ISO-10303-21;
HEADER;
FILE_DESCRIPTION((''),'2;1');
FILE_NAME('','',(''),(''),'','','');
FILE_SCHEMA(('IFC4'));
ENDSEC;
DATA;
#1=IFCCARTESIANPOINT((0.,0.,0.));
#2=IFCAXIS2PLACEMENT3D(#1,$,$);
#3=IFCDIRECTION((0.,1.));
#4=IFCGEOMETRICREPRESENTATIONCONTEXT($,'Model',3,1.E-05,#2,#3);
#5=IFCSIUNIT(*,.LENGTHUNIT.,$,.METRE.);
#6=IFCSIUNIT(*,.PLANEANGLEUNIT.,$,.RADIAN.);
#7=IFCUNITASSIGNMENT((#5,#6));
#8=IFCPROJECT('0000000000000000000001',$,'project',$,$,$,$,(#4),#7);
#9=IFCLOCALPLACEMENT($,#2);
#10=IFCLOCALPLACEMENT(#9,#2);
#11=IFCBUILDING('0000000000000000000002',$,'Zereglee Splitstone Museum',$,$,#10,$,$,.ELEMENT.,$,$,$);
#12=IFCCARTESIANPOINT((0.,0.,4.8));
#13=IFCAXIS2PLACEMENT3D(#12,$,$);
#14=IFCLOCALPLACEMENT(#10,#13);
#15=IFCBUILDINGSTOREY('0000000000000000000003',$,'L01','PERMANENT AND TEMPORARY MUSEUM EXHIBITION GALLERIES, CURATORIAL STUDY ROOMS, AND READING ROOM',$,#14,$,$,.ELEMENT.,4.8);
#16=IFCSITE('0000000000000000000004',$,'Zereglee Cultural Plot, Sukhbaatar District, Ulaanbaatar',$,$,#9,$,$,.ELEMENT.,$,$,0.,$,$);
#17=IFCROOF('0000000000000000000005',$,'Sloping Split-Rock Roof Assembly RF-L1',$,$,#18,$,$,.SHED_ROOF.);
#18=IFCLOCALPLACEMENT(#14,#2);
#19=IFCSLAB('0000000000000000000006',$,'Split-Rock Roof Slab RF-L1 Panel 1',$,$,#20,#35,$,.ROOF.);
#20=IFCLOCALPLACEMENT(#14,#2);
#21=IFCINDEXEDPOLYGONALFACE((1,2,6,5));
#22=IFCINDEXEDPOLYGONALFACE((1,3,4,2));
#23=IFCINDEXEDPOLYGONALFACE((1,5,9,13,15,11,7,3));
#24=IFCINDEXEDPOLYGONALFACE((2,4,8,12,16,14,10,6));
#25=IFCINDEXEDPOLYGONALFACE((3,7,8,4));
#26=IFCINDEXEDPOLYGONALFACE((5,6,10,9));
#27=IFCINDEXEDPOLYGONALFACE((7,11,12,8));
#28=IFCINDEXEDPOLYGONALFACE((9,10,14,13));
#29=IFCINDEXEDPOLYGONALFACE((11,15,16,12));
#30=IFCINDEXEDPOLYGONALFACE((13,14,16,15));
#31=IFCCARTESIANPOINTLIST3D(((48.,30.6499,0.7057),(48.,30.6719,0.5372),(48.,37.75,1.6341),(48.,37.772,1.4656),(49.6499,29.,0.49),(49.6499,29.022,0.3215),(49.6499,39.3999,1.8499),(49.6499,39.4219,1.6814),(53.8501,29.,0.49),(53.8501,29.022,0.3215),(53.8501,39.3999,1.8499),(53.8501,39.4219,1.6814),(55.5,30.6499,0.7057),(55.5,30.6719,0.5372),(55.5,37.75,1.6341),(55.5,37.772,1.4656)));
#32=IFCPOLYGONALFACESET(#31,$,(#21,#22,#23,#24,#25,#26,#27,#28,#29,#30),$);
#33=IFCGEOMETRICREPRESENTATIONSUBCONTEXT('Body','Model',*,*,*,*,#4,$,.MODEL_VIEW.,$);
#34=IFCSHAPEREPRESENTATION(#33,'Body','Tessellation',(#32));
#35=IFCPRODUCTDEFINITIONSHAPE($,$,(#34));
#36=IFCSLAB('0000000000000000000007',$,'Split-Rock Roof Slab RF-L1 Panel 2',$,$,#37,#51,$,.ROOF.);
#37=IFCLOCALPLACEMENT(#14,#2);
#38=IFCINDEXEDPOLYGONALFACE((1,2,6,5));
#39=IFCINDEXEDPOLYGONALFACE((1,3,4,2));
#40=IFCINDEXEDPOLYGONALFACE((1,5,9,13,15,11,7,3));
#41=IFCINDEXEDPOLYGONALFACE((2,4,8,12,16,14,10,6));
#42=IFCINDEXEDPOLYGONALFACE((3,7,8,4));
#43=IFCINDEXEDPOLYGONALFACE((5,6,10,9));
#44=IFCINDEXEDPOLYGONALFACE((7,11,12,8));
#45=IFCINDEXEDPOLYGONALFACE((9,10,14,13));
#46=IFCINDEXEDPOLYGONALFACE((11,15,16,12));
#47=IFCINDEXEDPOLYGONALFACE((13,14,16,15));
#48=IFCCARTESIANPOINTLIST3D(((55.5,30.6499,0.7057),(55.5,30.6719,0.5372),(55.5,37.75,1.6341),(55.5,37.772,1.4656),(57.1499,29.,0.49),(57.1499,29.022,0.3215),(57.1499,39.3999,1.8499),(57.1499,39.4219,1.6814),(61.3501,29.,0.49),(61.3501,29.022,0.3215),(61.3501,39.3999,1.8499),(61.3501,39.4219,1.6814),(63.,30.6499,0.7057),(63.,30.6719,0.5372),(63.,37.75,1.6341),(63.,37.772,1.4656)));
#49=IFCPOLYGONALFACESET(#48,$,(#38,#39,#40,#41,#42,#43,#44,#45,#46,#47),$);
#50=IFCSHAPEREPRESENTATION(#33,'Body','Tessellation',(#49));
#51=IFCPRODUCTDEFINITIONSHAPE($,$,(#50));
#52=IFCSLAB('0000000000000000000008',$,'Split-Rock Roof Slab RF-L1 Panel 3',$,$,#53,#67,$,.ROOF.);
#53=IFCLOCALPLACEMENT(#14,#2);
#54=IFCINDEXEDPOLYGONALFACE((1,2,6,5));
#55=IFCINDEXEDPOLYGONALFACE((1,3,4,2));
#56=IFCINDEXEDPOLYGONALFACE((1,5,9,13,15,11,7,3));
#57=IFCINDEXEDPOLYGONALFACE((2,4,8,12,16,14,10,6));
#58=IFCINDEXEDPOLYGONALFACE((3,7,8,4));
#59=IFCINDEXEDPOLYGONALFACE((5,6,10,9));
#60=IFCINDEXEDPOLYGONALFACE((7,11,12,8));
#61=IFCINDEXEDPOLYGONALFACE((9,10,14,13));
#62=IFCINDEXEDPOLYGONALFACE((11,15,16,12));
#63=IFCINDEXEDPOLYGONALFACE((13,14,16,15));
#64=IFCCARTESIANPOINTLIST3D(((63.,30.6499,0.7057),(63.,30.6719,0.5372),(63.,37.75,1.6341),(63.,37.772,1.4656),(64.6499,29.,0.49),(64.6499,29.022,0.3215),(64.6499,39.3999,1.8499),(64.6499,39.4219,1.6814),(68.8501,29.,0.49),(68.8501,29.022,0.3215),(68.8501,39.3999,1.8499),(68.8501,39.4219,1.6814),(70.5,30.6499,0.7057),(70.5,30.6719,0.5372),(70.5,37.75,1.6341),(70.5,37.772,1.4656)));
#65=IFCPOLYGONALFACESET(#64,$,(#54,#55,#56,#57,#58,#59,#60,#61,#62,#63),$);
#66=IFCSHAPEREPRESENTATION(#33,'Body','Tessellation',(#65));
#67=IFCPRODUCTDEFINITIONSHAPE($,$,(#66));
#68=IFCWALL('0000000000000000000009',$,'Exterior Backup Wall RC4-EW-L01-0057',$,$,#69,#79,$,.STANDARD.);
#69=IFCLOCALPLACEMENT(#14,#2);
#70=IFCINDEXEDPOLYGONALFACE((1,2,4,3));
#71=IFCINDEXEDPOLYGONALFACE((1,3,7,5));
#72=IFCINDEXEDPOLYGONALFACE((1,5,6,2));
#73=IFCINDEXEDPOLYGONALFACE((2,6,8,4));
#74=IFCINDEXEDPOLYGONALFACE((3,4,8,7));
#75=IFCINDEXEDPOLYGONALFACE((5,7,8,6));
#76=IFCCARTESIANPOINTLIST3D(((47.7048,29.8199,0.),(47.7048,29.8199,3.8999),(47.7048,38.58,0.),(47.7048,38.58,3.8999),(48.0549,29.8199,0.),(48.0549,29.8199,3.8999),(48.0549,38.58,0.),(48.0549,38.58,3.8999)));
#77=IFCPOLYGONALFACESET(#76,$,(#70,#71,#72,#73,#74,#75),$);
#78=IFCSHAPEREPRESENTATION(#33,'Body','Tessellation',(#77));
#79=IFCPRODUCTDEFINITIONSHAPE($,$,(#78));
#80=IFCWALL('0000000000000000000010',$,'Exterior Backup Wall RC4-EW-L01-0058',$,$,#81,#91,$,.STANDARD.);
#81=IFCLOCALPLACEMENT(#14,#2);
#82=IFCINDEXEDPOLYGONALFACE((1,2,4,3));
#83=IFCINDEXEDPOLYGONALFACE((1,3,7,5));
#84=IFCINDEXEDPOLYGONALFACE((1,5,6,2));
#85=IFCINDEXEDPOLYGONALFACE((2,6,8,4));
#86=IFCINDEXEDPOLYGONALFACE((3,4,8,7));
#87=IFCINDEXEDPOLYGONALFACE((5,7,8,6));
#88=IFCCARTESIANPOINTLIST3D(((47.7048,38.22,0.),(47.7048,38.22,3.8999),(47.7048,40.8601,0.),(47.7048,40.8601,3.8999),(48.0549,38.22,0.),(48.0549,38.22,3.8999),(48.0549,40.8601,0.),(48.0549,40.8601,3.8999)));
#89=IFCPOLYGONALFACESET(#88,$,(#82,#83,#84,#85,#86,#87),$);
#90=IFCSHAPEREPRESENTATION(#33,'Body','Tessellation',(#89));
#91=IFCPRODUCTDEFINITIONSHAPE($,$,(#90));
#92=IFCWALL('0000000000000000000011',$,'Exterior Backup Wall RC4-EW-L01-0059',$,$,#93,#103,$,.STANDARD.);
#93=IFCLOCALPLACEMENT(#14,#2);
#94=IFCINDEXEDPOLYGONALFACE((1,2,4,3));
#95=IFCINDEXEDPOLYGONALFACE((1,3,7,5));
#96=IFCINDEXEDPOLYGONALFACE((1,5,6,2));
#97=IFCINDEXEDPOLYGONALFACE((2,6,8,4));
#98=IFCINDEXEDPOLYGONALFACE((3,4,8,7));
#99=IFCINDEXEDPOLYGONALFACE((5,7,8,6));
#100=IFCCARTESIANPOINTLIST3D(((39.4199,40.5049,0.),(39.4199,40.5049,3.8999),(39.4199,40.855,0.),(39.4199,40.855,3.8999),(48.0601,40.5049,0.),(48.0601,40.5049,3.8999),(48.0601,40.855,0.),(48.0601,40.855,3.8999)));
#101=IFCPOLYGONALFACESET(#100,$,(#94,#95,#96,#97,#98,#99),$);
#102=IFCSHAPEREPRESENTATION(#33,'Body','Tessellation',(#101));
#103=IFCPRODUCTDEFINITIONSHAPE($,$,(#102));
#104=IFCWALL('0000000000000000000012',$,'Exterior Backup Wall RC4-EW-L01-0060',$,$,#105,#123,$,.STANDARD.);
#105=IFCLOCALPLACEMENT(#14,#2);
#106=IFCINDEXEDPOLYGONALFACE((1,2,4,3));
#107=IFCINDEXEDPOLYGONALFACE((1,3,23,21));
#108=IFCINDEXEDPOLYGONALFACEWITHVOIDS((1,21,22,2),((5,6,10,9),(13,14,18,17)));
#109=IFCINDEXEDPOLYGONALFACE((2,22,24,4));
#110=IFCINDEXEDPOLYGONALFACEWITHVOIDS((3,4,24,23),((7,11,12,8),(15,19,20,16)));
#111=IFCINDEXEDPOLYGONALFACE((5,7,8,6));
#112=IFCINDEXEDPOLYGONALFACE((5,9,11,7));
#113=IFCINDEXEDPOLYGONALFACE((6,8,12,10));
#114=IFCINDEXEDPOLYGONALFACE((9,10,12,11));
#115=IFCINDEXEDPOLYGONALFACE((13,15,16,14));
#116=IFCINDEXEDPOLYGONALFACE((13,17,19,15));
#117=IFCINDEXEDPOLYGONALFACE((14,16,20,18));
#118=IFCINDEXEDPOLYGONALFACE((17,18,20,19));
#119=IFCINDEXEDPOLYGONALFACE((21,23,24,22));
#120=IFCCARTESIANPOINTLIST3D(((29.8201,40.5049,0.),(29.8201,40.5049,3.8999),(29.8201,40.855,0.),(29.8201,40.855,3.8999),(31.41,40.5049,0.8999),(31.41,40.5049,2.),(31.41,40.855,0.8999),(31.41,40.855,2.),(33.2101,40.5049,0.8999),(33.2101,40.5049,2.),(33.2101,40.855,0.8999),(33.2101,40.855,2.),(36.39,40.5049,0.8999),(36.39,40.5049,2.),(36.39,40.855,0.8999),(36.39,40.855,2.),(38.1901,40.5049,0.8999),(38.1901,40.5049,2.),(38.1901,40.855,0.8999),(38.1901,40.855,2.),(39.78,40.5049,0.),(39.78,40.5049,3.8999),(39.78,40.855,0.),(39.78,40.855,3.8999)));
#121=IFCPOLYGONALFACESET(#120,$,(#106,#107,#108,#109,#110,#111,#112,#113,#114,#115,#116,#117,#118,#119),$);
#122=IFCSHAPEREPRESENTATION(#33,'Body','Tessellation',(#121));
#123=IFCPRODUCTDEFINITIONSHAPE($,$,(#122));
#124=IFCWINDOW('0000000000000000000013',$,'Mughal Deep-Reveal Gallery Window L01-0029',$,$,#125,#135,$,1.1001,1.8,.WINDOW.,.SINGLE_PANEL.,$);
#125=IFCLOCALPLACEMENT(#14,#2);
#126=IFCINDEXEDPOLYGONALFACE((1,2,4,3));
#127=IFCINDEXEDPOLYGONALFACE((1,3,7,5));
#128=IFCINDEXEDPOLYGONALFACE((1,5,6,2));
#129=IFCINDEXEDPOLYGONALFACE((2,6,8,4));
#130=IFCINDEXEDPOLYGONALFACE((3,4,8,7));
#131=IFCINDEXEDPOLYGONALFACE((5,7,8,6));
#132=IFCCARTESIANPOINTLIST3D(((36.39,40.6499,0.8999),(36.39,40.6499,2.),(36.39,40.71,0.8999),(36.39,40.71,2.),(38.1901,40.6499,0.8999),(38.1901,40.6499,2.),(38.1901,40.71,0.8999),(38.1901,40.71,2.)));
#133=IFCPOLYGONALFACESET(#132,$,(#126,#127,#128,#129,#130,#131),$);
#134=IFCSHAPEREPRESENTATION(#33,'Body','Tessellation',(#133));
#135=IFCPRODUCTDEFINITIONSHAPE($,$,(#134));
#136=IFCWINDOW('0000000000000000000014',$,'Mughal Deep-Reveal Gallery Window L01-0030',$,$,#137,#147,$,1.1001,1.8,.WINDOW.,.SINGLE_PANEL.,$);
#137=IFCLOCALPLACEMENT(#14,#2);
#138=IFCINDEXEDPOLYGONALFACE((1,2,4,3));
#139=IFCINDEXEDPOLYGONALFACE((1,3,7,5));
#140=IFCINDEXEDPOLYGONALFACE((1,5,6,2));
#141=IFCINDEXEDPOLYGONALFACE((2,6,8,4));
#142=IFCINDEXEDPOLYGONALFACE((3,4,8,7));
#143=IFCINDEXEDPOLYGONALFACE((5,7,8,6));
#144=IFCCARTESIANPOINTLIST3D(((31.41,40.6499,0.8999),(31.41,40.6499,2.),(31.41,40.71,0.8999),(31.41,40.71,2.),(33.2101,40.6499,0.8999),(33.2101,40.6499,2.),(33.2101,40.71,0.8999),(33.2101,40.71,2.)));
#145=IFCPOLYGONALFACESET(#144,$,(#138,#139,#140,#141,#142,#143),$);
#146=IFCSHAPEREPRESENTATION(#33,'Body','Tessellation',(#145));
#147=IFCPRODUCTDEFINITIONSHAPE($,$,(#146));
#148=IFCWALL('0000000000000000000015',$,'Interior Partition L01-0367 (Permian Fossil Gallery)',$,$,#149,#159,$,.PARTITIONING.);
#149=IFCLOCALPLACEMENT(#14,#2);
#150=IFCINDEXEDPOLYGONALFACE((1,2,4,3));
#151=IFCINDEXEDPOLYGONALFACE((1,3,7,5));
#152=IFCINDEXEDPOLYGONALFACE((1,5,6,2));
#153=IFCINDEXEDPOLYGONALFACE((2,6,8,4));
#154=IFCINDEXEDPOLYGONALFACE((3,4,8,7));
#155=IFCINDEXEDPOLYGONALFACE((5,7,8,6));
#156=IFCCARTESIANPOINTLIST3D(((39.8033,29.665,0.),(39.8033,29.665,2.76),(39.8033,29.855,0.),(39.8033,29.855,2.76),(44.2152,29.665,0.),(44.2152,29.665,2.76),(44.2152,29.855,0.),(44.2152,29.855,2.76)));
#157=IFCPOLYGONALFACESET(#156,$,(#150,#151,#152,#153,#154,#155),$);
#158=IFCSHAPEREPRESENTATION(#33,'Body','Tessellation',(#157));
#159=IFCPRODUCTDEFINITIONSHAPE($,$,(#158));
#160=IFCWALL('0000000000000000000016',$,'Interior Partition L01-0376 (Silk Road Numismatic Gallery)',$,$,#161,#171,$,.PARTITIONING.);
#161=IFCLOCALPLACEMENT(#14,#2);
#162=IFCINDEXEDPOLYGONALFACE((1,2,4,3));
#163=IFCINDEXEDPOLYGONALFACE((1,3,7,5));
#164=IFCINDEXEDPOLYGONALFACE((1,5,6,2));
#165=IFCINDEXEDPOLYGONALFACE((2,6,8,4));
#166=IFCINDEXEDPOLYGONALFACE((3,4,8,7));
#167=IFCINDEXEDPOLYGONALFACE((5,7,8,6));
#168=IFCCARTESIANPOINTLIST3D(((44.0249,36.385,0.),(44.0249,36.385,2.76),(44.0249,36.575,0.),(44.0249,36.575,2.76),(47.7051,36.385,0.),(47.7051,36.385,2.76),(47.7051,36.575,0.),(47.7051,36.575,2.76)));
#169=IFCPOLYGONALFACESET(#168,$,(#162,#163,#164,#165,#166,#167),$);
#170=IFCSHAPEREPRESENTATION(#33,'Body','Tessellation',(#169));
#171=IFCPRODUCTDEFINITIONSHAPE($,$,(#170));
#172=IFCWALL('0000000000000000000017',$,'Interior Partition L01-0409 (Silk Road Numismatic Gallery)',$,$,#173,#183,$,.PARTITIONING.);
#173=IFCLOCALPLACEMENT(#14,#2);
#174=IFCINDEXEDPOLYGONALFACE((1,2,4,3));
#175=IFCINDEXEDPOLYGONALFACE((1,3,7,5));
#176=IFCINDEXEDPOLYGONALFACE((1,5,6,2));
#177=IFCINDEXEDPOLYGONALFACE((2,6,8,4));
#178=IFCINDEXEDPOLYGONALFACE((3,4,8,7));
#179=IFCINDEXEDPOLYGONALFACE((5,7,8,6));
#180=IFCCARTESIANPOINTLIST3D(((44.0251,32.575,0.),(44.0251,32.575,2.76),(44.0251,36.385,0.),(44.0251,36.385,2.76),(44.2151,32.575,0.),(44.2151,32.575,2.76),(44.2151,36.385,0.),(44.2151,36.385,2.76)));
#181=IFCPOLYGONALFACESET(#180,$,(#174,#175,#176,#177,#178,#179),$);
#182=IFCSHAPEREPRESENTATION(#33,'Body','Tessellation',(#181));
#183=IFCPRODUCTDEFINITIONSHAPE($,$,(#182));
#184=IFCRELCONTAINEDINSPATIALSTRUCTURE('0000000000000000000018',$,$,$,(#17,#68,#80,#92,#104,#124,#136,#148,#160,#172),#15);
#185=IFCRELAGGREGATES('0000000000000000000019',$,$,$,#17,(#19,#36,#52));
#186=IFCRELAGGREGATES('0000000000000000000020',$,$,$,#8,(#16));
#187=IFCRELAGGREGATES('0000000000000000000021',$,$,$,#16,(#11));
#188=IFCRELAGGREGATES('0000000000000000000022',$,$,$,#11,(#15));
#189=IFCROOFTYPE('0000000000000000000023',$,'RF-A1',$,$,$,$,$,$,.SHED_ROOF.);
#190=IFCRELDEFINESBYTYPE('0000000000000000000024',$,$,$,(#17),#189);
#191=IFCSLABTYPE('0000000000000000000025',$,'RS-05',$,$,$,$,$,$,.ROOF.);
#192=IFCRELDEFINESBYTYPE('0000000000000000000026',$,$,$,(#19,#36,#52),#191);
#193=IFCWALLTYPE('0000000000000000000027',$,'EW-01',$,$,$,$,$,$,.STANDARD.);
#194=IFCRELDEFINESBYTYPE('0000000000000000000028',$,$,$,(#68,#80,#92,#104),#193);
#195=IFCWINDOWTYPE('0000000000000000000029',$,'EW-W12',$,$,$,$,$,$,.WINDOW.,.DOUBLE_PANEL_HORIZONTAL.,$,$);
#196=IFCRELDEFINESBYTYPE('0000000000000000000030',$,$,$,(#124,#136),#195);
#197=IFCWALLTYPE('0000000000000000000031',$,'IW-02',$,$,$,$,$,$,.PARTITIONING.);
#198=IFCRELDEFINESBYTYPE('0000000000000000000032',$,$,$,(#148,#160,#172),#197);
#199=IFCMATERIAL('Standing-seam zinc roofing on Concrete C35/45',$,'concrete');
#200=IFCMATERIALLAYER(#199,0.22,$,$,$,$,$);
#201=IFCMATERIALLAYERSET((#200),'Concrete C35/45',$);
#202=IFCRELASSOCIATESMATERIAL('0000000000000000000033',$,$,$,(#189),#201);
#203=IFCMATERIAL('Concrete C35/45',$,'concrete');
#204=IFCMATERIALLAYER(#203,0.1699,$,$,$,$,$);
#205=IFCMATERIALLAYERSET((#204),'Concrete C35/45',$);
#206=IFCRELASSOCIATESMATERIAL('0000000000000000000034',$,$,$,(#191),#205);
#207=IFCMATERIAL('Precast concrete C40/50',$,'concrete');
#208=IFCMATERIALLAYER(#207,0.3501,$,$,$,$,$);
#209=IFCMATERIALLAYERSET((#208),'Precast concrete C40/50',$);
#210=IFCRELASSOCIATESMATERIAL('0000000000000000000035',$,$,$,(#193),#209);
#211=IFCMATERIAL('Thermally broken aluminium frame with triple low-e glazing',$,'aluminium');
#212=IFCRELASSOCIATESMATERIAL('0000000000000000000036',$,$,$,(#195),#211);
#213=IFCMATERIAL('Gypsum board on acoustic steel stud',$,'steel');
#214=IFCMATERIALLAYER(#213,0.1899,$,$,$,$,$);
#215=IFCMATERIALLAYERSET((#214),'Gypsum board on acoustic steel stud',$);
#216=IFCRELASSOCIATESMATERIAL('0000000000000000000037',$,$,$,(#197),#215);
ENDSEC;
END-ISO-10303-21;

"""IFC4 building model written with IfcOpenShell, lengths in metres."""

from ifc_helpers import new_model, si_unit, direction, frame, frame_2d, origin, place, context, subcontext, project, spatial, polyline, rectangle, outline, extrude, material, layer, layer_set, type_object, element, fill, aggregate, save


model = new_model("IFC4")

# Units and contexts
model_context = context("Model", 3, precision=1e-05, world=origin(), true_north=direction((0.0, 1.0)))
body_context = subcontext(model_context, "Body", "Model", "MODEL_VIEW")
ifc_project = project(units=[si_unit("LENGTHUNIT", "METRE"), si_unit("PLANEANGLEUNIT", "RADIAN")], contexts=[model_context])

# Site, building, storey
site_placement = place(None, origin())
site = spatial("IfcSite", under=ifc_project, at=site_placement, Name="Zereglee Cultural Plot, Sukhbaatar District, Ulaanbaatar", CompositionType="ELEMENT", RefElevation=0.0)
building_placement = place(site_placement, origin())
building = spatial("IfcBuilding", under=site, at=building_placement, Name="Zereglee Splitstone Museum", CompositionType="ELEMENT")
storey_placement = place(building_placement, frame((0.0, 0.0, 4.8)))
storey = spatial("IfcBuildingStorey", under=building, at=storey_placement, Name="L01", Description="PERMANENT AND TEMPORARY MUSEUM EXHIBITION GALLERIES, CURATORIAL STUDY ROOMS, AND READING ROOM", CompositionType="ELEMENT", Elevation=4.8)

# Roof, slabs
ifc_material_1 = material(Name="Standing-seam zinc roofing on Concrete C35/45", Category="concrete")
ifc_layer_1 = layer(ifc_material_1, 0.22)
ifc_layer_set_1 = layer_set([ifc_layer_1], Name="Concrete C35/45")
roof_type = type_object("IfcRoofType", Name="RF-A1", PredefinedType="SHED_ROOF", material=ifc_layer_set_1)
roof_placement = place(storey_placement, origin())
roof = element("IfcRoof", 1, at=roof_placement, inside=storey, type_object=roof_type, Name="Sloping Split-Rock Roof Assembly RF-L1", PredefinedType="SHED_ROOF")
ifc_material_2 = material(Name="Concrete C35/45", Category="concrete")
ifc_layer_2 = layer(ifc_material_2, 0.1699)
ifc_layer_set_2 = layer_set([ifc_layer_2], Name="Concrete C35/45")
slab_type = type_object("IfcSlabType", Name="RS-05", PredefinedType="ROOF", material=ifc_layer_set_2)
slab_1_placement = place(storey_placement, frame((49.6499, 29.0, 0.49), z_axis=(0.0, -0.129655, 0.991559), x_axis=(1.0, 0.0, 0.0)))
slab_1 = element("IfcSlab", 2, at=slab_1_placement, type_object=slab_type, Name="Split-Rock Roof Slab RF-L1 Panel 1", PredefinedType="ROOF", context=body_context, shape_type="SweptSolid", body=[
    extrude(outline(polyline([(0.0, 0.0), (4.2002, 0.0), (5.8501, 1.664), (5.8501, 8.8245), (4.2002, 10.4884), (0.0, 10.4884), (-1.6499, 8.8245), (-1.6499, 1.664), (0.0, 0.0)])), origin(), (0.0, 0.0, -1.0), 0.1699),
])
slab_2_placement = place(storey_placement, frame((57.1499, 29.0, 0.49), z_axis=(0.0, -0.129655, 0.991559), x_axis=(1.0, 0.0, 0.0)))
slab_2 = element("IfcSlab", 3, at=slab_2_placement, type_object=slab_type, Name="Split-Rock Roof Slab RF-L1 Panel 2", PredefinedType="ROOF", context=body_context, shape_type="SweptSolid", body=[
    extrude(outline(polyline([(0.0, 0.0), (4.2002, 0.0), (5.8501, 1.664), (5.8501, 8.8245), (4.2002, 10.4884), (0.0, 10.4884), (-1.6499, 8.8245), (-1.6499, 1.664), (0.0, 0.0)])), origin(), (0.0, 0.0, -1.0), 0.1699),
])
slab_3_placement = place(storey_placement, frame((64.6499, 29.0, 0.49), z_axis=(0.0, -0.129655, 0.991559), x_axis=(1.0, 0.0, 0.0)))
slab_3 = element("IfcSlab", 4, at=slab_3_placement, type_object=slab_type, Name="Split-Rock Roof Slab RF-L1 Panel 3", PredefinedType="ROOF", context=body_context, shape_type="SweptSolid", body=[
    extrude(outline(polyline([(0.0, 0.0), (4.2002, 0.0), (5.8501, 1.664), (5.8501, 8.8245), (4.2002, 10.4884), (0.0, 10.4884), (-1.6499, 8.8245), (-1.6499, 1.664), (0.0, 0.0)])), origin(), (0.0, 0.0, -1.0), 0.1699),
])
aggregate(roof, [slab_1, slab_2, slab_3])

# Walls
ifc_material_3 = material(Name="Precast concrete C40/50", Category="concrete")
ifc_layer_3 = layer(ifc_material_3, 0.3501)
ifc_layer_set_3 = layer_set([ifc_layer_3], Name="Precast concrete C40/50")
wall_type_1 = type_object("IfcWallType", Name="EW-01", PredefinedType="STANDARD", material=ifc_layer_set_3)
wall_1_placement = place(storey_placement, frame((47.8799, 29.8201, 0.0), z_axis=(0.0, 0.0, 1.0), x_axis=(0.0, 1.0, 0.0)))
element("IfcWall", 5, at=wall_1_placement, inside=storey, type_object=wall_type_1, Name="Exterior Backup Wall RC4-EW-L01-0057", PredefinedType="STANDARD", context=body_context, shape_type="SweptSolid", body=[
    extrude(rectangle(XDim=8.76, YDim=0.3501, at=frame_2d((4.3799, 0.0))), origin(), (0.0, 0.0, 1.0), 3.8999),
])
wall_2_placement = place(storey_placement, frame((47.8799, 38.22, 0.0), z_axis=(0.0, 0.0, 1.0), x_axis=(0.0, 1.0, 0.0)))
element("IfcWall", 6, at=wall_2_placement, inside=storey, type_object=wall_type_1, Name="Exterior Backup Wall RC4-EW-L01-0058", PredefinedType="STANDARD", context=body_context, shape_type="SweptSolid", body=[
    extrude(rectangle(XDim=2.6401, YDim=0.3501, at=frame_2d((1.3201, 0.0))), origin(), (0.0, 0.0, 1.0), 3.8999),
])
wall_3_placement = place(storey_placement, frame((48.0601, 40.6799, 0.0), z_axis=(0.0, 0.0, 1.0), x_axis=(-1.0, 0.0, 0.0)))
element("IfcWall", 7, at=wall_3_placement, inside=storey, type_object=wall_type_1, Name="Exterior Backup Wall RC4-EW-L01-0059", PredefinedType="STANDARD", context=body_context, shape_type="SweptSolid", body=[
    extrude(rectangle(XDim=8.6401, YDim=0.3501, at=frame_2d((4.3201, 0.0))), origin(), (0.0, 0.0, 1.0), 3.8999),
])

# Wall, openings, windows
wall_4_placement = place(storey_placement, frame((39.78, 40.6799, 0.0), z_axis=(0.0, 0.0, 1.0), x_axis=(-1.0, 0.0, 0.0)))
wall_4 = element("IfcWall", 8, at=wall_4_placement, inside=storey, type_object=wall_type_1, Name="Exterior Backup Wall RC4-EW-L01-0060", PredefinedType="STANDARD", context=body_context, shape_type="SweptSolid", body=[
    extrude(rectangle(XDim=9.96, YDim=0.3501, at=frame_2d((4.98, 0.0))), origin(), (0.0, 0.0, 1.0), 3.8999),
])
opening_1_placement = place(wall_4_placement, frame((1.5901, 0.0, 0.8999)))
opening_1 = element("IfcOpeningElement", 9, at=opening_1_placement, cuts=wall_4, PredefinedType="OPENING", context=body_context, shape_type="SweptSolid", body=[
    extrude(rectangle(XDim=1.8, YDim=1.1001, at=frame_2d((0.8999, 0.55))), frame((0.0, 0.1899, 0.0), z_axis=(0.0, -1.0, 0.0), x_axis=(1.0, 0.0, 0.0)), (0.0, 0.0, 1.0), 0.3799),
])
opening_2_placement = place(wall_4_placement, frame((6.5701, 0.0, 0.8999)))
opening_2 = element("IfcOpeningElement", 10, at=opening_2_placement, cuts=wall_4, PredefinedType="OPENING", context=body_context, shape_type="SweptSolid", body=[
    extrude(rectangle(XDim=1.8, YDim=1.1001, at=frame_2d((0.8999, 0.55))), frame((0.0, 0.1899, 0.0), z_axis=(0.0, -1.0, 0.0), x_axis=(1.0, 0.0, 0.0)), (0.0, 0.0, 1.0), 0.3799),
])
ifc_material_4 = material(Name="Thermally broken aluminium frame with triple low-e glazing", Category="aluminium")
window_type = type_object("IfcWindowType", Name="EW-W12", PartitioningType="DOUBLE_PANEL_HORIZONTAL", PredefinedType="WINDOW", material=ifc_material_4)
window_1_placement = place(opening_1_placement, origin())
window_1 = element("IfcWindow", 11, at=window_1_placement, inside=storey, type_object=window_type, Name="Mughal Deep-Reveal Gallery Window L01-0029", OverallHeight=1.1001, OverallWidth=1.8, PartitioningType="SINGLE_PANEL", PredefinedType="WINDOW", context=body_context, shape_type="SweptSolid", body=[
    extrude(rectangle(XDim=1.8, YDim=1.1001, at=frame_2d((0.8999, 0.55))), frame((0.0, 0.03, 0.0), z_axis=(0.0, -1.0, 0.0), x_axis=(1.0, 0.0, 0.0)), (0.0, 0.0, 1.0), 0.0601),
])
fill(opening_1, window_1)
window_2_placement = place(opening_2_placement, origin())
window_2 = element("IfcWindow", 12, at=window_2_placement, inside=storey, type_object=window_type, Name="Mughal Deep-Reveal Gallery Window L01-0030", OverallHeight=1.1001, OverallWidth=1.8, PartitioningType="SINGLE_PANEL", PredefinedType="WINDOW", context=body_context, shape_type="SweptSolid", body=[
    extrude(rectangle(XDim=1.8, YDim=1.1001, at=frame_2d((0.8999, 0.55))), frame((0.0, 0.03, 0.0), z_axis=(0.0, -1.0, 0.0), x_axis=(1.0, 0.0, 0.0)), (0.0, 0.0, 1.0), 0.0601),
])
fill(opening_2, window_2)

# Walls
ifc_material_5 = material(Name="Gypsum board on acoustic steel stud", Category="steel")
ifc_layer_4 = layer(ifc_material_5, 0.1899)
ifc_layer_set_4 = layer_set([ifc_layer_4], Name="Gypsum board on acoustic steel stud")
wall_type_2 = type_object("IfcWallType", Name="IW-02", PredefinedType="PARTITIONING", material=ifc_layer_set_4)
wall_5_placement = place(storey_placement, frame((39.8032, 29.76, 0.0), z_axis=(0.0, 0.0, 1.0), x_axis=(1.0, 0.0, 0.0)))
element("IfcWall", 13, at=wall_5_placement, inside=storey, type_object=wall_type_2, Name="Interior Partition L01-0367 (Permian Fossil Gallery)", PredefinedType="PARTITIONING", context=body_context, shape_type="SweptSolid", body=[
    extrude(rectangle(XDim=4.4119, YDim=0.1899, at=frame_2d((2.2061, 0.0))), origin(), (0.0, 0.0, 1.0), 2.76),
])
wall_6_placement = place(storey_placement, frame((44.0249, 36.48, 0.0), z_axis=(0.0, 0.0, 1.0), x_axis=(1.0, 0.0, 0.0)))
element("IfcWall", 14, at=wall_6_placement, inside=storey, type_object=wall_type_2, Name="Interior Partition L01-0376 (Silk Road Numismatic Gallery)", PredefinedType="PARTITIONING", context=body_context, shape_type="SweptSolid", body=[
    extrude(rectangle(XDim=3.6802, YDim=0.1899, at=frame_2d((1.8401, 0.0))), origin(), (0.0, 0.0, 1.0), 2.76),
])
wall_7_placement = place(storey_placement, frame((44.1201, 32.575, 0.0), z_axis=(0.0, 0.0, 1.0), x_axis=(0.0, 1.0, 0.0)))
element("IfcWall", 15, at=wall_7_placement, inside=storey, type_object=wall_type_2, Name="Interior Partition L01-0409 (Silk Road Numismatic Gallery)", PredefinedType="PARTITIONING", context=body_context, shape_type="SweptSolid", body=[
    extrude(rectangle(XDim=3.8101, YDim=0.1899, at=frame_2d((1.905, 0.0))), origin(), (0.0, 0.0, 1.0), 2.76),
])

save(model, "model.ifc")
